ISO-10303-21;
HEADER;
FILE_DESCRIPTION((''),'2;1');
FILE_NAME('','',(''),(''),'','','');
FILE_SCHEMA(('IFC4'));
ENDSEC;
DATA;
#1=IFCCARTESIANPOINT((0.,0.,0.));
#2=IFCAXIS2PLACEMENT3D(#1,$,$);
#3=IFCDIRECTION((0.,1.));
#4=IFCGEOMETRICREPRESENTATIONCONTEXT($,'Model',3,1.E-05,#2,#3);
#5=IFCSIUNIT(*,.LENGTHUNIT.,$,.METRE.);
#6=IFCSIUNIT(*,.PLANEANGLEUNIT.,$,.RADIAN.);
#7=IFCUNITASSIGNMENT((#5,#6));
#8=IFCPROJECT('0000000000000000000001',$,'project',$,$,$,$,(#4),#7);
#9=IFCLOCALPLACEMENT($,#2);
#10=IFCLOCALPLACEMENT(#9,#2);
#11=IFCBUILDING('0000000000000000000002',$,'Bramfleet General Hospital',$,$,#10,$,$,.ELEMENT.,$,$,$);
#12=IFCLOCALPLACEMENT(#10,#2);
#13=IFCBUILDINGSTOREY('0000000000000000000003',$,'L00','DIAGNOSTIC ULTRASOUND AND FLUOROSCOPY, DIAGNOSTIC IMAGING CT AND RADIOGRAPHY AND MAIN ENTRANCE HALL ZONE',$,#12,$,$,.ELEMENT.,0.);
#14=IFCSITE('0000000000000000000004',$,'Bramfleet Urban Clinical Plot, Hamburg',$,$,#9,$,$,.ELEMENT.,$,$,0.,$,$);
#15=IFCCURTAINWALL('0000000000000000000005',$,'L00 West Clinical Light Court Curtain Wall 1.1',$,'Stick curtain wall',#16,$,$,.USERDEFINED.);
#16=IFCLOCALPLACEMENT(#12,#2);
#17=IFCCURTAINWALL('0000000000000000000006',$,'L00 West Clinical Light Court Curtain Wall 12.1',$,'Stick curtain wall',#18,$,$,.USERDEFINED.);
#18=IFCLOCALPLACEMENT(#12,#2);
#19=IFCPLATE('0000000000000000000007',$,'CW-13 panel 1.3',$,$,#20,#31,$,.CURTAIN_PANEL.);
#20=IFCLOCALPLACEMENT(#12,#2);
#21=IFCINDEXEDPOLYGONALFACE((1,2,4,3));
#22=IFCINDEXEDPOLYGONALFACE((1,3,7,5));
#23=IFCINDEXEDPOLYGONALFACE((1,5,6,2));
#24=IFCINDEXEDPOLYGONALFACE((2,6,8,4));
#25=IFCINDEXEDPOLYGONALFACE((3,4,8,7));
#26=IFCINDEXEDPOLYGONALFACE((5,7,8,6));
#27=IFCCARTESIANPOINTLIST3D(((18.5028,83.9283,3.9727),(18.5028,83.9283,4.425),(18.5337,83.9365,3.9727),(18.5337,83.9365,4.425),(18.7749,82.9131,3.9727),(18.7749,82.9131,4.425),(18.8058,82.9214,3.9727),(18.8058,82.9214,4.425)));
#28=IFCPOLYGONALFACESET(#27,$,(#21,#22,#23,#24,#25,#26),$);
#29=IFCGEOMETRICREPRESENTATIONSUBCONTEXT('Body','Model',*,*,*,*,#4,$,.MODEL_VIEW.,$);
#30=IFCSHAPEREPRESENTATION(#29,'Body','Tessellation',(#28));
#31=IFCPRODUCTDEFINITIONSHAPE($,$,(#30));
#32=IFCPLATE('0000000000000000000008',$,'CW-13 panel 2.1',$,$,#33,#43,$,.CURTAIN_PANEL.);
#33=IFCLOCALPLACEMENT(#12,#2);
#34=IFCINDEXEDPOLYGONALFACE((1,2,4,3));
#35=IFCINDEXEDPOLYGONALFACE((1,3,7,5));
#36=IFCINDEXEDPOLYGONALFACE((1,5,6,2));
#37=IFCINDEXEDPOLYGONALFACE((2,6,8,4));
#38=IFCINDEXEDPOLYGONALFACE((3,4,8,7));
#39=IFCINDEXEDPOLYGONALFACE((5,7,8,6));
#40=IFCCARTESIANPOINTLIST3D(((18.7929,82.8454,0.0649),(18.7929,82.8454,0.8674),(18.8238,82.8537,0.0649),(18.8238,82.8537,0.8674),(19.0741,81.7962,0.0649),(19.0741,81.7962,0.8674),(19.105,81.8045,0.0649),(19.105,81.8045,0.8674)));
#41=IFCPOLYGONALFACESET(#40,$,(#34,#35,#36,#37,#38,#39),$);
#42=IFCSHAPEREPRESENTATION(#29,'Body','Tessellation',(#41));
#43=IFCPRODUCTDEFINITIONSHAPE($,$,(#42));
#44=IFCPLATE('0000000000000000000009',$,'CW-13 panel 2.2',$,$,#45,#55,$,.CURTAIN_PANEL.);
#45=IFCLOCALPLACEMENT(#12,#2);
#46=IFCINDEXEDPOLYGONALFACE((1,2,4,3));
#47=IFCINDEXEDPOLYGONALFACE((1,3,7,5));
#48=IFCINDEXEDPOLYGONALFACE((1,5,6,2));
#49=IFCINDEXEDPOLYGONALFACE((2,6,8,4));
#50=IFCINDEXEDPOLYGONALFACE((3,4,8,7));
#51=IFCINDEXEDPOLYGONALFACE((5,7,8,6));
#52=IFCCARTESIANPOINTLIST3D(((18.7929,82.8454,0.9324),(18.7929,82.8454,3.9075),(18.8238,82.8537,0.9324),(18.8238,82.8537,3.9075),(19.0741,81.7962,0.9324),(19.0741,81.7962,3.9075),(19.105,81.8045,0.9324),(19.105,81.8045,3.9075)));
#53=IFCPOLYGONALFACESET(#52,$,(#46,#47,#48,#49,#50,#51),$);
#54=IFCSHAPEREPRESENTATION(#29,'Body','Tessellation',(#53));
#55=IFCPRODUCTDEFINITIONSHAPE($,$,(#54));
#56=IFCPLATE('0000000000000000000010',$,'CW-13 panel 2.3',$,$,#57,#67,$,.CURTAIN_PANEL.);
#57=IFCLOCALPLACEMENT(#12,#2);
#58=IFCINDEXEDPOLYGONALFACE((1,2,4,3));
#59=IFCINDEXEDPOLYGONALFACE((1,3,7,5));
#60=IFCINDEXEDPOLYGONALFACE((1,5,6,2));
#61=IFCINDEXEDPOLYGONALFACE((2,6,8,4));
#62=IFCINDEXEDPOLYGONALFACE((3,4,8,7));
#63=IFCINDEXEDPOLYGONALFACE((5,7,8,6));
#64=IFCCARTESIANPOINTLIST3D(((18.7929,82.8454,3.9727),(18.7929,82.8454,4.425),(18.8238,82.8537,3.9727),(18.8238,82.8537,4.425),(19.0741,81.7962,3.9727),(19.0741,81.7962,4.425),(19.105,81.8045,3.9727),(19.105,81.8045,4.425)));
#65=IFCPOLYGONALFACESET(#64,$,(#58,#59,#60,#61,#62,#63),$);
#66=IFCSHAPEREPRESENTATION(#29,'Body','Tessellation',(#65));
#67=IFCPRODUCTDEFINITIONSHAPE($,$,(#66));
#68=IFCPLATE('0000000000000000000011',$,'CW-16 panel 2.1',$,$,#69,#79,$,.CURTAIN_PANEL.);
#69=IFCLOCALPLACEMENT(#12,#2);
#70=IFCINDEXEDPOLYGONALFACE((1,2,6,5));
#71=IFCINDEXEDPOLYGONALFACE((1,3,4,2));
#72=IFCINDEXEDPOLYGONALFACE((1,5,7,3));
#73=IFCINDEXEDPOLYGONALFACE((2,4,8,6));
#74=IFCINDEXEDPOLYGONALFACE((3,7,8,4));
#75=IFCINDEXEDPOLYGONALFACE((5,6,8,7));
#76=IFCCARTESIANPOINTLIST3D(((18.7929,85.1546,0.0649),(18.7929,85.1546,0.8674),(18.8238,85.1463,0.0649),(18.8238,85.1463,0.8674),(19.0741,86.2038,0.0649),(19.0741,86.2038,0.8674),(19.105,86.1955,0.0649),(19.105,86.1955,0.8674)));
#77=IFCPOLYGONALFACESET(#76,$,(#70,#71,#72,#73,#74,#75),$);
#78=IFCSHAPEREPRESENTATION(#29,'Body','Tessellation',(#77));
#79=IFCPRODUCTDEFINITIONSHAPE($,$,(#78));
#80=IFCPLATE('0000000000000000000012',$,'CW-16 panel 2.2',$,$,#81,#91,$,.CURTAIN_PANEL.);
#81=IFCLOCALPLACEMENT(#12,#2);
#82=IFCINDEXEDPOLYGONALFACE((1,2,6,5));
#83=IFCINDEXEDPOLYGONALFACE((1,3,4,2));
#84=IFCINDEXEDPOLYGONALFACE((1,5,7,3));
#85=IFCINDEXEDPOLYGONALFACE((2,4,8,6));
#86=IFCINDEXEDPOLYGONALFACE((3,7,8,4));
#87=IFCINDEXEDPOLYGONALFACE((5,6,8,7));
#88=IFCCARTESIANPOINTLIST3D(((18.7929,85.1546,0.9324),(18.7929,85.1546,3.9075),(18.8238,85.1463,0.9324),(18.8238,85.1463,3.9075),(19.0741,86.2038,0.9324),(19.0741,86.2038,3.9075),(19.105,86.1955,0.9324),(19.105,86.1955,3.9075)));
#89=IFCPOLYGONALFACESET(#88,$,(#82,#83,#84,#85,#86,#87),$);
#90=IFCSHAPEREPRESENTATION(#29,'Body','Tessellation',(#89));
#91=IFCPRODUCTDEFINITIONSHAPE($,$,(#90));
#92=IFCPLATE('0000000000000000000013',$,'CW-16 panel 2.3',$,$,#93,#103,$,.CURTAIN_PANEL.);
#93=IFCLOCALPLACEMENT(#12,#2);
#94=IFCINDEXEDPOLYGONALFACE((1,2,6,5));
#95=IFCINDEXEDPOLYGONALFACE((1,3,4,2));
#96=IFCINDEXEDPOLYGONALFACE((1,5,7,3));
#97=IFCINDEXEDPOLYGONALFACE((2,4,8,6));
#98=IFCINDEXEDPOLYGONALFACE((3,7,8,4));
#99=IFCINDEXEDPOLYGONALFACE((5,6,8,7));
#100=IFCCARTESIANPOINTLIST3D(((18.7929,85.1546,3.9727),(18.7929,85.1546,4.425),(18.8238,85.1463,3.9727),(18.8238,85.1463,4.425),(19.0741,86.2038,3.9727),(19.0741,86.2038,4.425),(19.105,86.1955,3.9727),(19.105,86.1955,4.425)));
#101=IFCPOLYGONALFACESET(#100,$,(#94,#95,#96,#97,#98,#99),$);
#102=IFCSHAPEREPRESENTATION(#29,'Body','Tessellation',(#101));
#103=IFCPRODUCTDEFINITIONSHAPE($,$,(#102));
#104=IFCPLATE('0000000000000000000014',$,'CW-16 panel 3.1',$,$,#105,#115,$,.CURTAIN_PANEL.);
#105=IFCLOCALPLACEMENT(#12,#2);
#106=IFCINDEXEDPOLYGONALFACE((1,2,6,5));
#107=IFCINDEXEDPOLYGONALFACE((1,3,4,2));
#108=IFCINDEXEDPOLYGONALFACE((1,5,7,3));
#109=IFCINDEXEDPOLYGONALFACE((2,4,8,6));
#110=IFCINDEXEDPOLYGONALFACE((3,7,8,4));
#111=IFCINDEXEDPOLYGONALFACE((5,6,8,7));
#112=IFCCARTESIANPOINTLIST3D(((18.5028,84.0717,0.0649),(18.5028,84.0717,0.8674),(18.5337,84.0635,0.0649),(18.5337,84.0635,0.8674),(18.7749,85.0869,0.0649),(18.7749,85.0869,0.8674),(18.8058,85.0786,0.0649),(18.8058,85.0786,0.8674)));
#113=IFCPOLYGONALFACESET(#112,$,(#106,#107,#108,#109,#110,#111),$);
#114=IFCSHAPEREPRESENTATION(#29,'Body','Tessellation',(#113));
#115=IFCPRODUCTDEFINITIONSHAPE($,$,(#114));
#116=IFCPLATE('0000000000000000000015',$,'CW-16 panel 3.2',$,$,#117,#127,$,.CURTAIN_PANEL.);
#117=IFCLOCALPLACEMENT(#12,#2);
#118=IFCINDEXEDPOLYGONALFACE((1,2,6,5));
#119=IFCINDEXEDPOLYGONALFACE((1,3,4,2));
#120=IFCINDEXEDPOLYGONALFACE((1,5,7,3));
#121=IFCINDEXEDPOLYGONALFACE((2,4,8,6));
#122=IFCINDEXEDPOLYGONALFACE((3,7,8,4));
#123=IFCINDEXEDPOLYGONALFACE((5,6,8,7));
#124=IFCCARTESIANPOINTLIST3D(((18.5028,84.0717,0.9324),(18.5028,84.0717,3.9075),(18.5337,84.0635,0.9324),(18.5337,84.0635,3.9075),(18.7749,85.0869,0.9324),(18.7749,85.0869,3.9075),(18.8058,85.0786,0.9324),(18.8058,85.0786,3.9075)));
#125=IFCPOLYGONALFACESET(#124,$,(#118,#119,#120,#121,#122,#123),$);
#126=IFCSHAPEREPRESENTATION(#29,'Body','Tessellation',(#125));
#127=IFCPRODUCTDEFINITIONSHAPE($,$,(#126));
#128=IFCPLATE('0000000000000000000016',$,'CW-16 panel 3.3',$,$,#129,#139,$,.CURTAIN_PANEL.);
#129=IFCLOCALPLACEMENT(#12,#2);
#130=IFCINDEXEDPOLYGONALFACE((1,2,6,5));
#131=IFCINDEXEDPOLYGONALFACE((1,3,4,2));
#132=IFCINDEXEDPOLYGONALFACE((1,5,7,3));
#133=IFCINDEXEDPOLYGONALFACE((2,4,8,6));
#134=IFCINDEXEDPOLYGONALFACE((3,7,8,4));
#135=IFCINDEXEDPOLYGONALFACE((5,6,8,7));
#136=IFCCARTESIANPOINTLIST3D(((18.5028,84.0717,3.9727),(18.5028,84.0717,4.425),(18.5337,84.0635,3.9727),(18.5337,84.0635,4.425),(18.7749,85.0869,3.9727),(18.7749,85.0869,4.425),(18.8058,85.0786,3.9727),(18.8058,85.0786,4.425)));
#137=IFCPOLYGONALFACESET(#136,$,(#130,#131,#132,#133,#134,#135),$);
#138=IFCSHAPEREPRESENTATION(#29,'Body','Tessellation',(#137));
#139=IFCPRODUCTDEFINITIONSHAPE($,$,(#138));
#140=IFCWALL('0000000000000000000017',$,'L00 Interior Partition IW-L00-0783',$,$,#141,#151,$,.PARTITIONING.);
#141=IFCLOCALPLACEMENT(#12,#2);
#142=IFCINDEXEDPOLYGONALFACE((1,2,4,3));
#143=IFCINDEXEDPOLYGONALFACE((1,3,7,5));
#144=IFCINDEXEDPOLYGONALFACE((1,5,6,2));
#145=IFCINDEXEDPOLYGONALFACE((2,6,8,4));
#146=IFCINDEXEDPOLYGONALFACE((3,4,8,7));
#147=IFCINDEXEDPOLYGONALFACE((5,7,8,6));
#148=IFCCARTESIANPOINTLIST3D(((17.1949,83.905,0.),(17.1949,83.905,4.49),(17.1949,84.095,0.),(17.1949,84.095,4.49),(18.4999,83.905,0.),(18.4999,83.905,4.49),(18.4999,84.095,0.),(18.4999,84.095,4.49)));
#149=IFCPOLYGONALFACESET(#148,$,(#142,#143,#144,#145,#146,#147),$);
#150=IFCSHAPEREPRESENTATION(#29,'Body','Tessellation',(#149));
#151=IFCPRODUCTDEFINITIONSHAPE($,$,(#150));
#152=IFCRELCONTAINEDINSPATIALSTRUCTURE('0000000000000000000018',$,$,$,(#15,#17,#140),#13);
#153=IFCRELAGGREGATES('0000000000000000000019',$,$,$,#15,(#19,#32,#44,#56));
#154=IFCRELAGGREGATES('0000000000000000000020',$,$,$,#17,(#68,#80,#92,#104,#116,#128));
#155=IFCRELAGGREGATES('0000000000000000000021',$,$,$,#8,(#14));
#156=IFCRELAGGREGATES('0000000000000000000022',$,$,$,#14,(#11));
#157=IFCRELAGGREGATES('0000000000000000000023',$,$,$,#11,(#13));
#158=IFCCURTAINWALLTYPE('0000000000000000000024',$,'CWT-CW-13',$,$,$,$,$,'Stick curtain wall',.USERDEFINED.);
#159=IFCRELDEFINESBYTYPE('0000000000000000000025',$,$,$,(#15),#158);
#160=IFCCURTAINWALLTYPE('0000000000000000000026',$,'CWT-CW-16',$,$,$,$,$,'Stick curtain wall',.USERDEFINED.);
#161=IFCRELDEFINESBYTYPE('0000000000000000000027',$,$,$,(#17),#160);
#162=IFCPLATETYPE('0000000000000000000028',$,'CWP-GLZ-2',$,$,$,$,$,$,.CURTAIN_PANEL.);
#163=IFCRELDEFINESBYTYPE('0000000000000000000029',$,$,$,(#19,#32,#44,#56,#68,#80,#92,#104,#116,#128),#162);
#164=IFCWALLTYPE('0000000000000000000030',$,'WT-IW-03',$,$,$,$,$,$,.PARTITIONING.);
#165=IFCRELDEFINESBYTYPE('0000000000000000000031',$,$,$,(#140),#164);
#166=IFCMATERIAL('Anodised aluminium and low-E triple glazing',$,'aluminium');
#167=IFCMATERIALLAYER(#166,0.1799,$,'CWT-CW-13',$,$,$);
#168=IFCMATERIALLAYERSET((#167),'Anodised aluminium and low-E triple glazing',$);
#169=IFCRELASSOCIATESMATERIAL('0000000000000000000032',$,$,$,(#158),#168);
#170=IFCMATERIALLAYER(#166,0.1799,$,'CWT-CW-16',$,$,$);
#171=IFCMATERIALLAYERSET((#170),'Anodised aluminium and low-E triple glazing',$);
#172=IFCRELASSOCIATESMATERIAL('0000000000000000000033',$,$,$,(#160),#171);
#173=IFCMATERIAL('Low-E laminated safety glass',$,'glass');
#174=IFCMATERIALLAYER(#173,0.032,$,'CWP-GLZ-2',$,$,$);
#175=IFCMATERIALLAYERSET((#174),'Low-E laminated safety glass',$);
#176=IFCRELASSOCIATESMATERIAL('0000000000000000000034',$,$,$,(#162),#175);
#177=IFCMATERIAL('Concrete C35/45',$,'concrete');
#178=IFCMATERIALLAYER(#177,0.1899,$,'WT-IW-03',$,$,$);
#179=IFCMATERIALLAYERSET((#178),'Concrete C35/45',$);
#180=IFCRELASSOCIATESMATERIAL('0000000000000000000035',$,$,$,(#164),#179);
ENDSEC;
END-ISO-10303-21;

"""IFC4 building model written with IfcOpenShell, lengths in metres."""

from ifc_helpers import new_model, si_unit, direction, frame, frame_2d, origin, origin_2d, place, context, subcontext, project, spatial, rectangle, extrude, material, layer, layer_set, type_object, element, aggregate, save


model = new_model("IFC4")

# Units and contexts
model_context = context("Model", 3, precision=1e-05, world=origin(), true_north=direction((0.0, 1.0)))
body_context = subcontext(model_context, "Body", "Model", "MODEL_VIEW")
ifc_project = project(units=[si_unit("LENGTHUNIT", "METRE"), si_unit("PLANEANGLEUNIT", "RADIAN")], contexts=[model_context])

# Site, building, storey
site_placement = place(None, origin())
site = spatial("IfcSite", under=ifc_project, at=site_placement, Name="Bramfleet Urban Clinical Plot, Hamburg", CompositionType="ELEMENT", RefElevation=0.0)
building_placement = place(site_placement, origin())
building = spatial("IfcBuilding", under=site, at=building_placement, Name="Bramfleet General Hospital", CompositionType="ELEMENT")
storey_placement = place(building_placement, origin())
storey = spatial("IfcBuildingStorey", under=building, at=storey_placement, Name="L00", Description="DIAGNOSTIC ULTRASOUND AND FLUOROSCOPY, DIAGNOSTIC IMAGING CT AND RADIOGRAPHY AND MAIN ENTRANCE HALL ZONE", CompositionType="ELEMENT", Elevation=0.0)

# Shared definitions
ifc_material_1 = material(Name="Concrete C35/45", Category="concrete")

# Curtain walls
ifc_material_2 = material(Name="Anodised aluminium and low-E triple glazing", Category="aluminium")
ifc_layer_1 = layer(ifc_material_2, 0.1799, Name="CWT-CW-13")
ifc_layer_set_1 = layer_set([ifc_layer_1], Name="Anodised aluminium and low-E triple glazing")
curtain_wall_type_1 = type_object("IfcCurtainWallType", Name="CWT-CW-13", ElementType="Stick curtain wall", PredefinedType="USERDEFINED", material=ifc_layer_set_1)
curtain_wall_1_placement = place(storey_placement, origin())
curtain_wall_1 = element("IfcCurtainWall", 1, at=curtain_wall_1_placement, inside=storey, type_object=curtain_wall_type_1, Name="L00 West Clinical Light Court Curtain Wall 1.1", ObjectType="Stick curtain wall", PredefinedType="USERDEFINED")
ifc_layer_2 = layer(ifc_material_2, 0.1799, Name="CWT-CW-16")
ifc_layer_set_2 = layer_set([ifc_layer_2], Name="Anodised aluminium and low-E triple glazing")
curtain_wall_type_2 = type_object("IfcCurtainWallType", Name="CWT-CW-16", ElementType="Stick curtain wall", PredefinedType="USERDEFINED", material=ifc_layer_set_2)
curtain_wall_2_placement = place(storey_placement, origin())
curtain_wall_2 = element("IfcCurtainWall", 2, at=curtain_wall_2_placement, inside=storey, type_object=curtain_wall_type_2, Name="L00 West Clinical Light Court Curtain Wall 12.1", ObjectType="Stick curtain wall", PredefinedType="USERDEFINED")

# Plates
ifc_material_3 = material(Name="Low-E laminated safety glass", Category="glass")
ifc_layer_3 = layer(ifc_material_3, 0.032, Name="CWP-GLZ-2")
ifc_layer_set_3 = layer_set([ifc_layer_3], Name="Low-E laminated safety glass")
plate_type = type_object("IfcPlateType", Name="CWP-GLZ-2", PredefinedType="CURTAIN_PANEL", material=ifc_layer_set_3)
plate_1_placement = place(storey_placement, frame((18.6543, 83.4248, 3.9727), z_axis=(0.0, 0.0, 1.0), x_axis=(0.258919, -0.965899, 0.0)))
plate_1 = element("IfcPlate", 3, at=plate_1_placement, type_object=plate_type, Name="CW-13 panel 1.3", PredefinedType="CURTAIN_PANEL", context=body_context, shape_type="SweptSolid", body=[
    extrude(rectangle(XDim=1.051, YDim=0.032, at=origin_2d()), origin(), (0.0, 0.0, 1.0), 0.4524),
])
plate_2_placement = place(storey_placement, frame((18.949, 82.325, 0.0649), z_axis=(0.0, 0.0, 1.0), x_axis=(0.258919, -0.965899, 0.0)))
plate_2 = element("IfcPlate", 4, at=plate_2_placement, type_object=plate_type, Name="CW-13 panel 2.1", PredefinedType="CURTAIN_PANEL", context=body_context, shape_type="SweptSolid", body=[
    extrude(rectangle(XDim=1.0862, YDim=0.032, at=origin_2d()), origin(), (0.0, 0.0, 1.0), 0.8025),
])
plate_3_placement = place(storey_placement, frame((18.949, 82.325, 0.9324), z_axis=(0.0, 0.0, 1.0), x_axis=(0.258919, -0.965899, 0.0)))
plate_3 = element("IfcPlate", 5, at=plate_3_placement, type_object=plate_type, Name="CW-13 panel 2.2", PredefinedType="CURTAIN_PANEL", context=body_context, shape_type="SweptSolid", body=[
    extrude(rectangle(XDim=1.0862, YDim=0.032, at=origin_2d()), origin(), (0.0, 0.0, 1.0), 2.9751),
])
plate_4_placement = place(storey_placement, frame((18.949, 82.325, 3.9727), z_axis=(0.0, 0.0, 1.0), x_axis=(0.258919, -0.965899, 0.0)))
plate_4 = element("IfcPlate", 6, at=plate_4_placement, type_object=plate_type, Name="CW-13 panel 2.3", PredefinedType="CURTAIN_PANEL", context=body_context, shape_type="SweptSolid", body=[
    extrude(rectangle(XDim=1.0862, YDim=0.032, at=origin_2d()), origin(), (0.0, 0.0, 1.0), 0.4524),
])
aggregate(curtain_wall_1, [plate_1, plate_2, plate_3, plate_4])
plate_5_placement = place(storey_placement, frame((18.949, 85.675, 0.0649), z_axis=(0.0, 0.0, 1.0), x_axis=(-0.258919, -0.965899, 0.0)))
plate_5 = element("IfcPlate", 7, at=plate_5_placement, type_object=plate_type, Name="CW-16 panel 2.1", PredefinedType="CURTAIN_PANEL", context=body_context, shape_type="SweptSolid", body=[
    extrude(rectangle(XDim=1.0862, YDim=0.032, at=origin_2d()), origin(), (0.0, 0.0, 1.0), 0.8025),
])
plate_6_placement = place(storey_placement, frame((18.949, 85.675, 0.9324), z_axis=(0.0, 0.0, 1.0), x_axis=(-0.258919, -0.965899, 0.0)))
plate_6 = element("IfcPlate", 8, at=plate_6_placement, type_object=plate_type, Name="CW-16 panel 2.2", PredefinedType="CURTAIN_PANEL", context=body_context, shape_type="SweptSolid", body=[
    extrude(rectangle(XDim=1.0862, YDim=0.032, at=origin_2d()), origin(), (0.0, 0.0, 1.0), 2.9751),
])
plate_7_placement = place(storey_placement, frame((18.949, 85.675, 3.9727), z_axis=(0.0, 0.0, 1.0), x_axis=(-0.258919, -0.965899, 0.0)))
plate_7 = element("IfcPlate", 9, at=plate_7_placement, type_object=plate_type, Name="CW-16 panel 2.3", PredefinedType="CURTAIN_PANEL", context=body_context, shape_type="SweptSolid", body=[
    extrude(rectangle(XDim=1.0862, YDim=0.032, at=origin_2d()), origin(), (0.0, 0.0, 1.0), 0.4524),
])
plate_8_placement = place(storey_placement, frame((18.6543, 84.5752, 0.0649), z_axis=(0.0, 0.0, 1.0), x_axis=(-0.258919, -0.965899, 0.0)))
plate_8 = element("IfcPlate", 10, at=plate_8_placement, type_object=plate_type, Name="CW-16 panel 3.1", PredefinedType="CURTAIN_PANEL", context=body_context, shape_type="SweptSolid", body=[
    extrude(rectangle(XDim=1.051, YDim=0.032, at=origin_2d()), origin(), (0.0, 0.0, 1.0), 0.8025),
])
plate_9_placement = place(storey_placement, frame((18.6543, 84.5752, 0.9324), z_axis=(0.0, 0.0, 1.0), x_axis=(-0.258919, -0.965899, 0.0)))
plate_9 = element("IfcPlate", 11, at=plate_9_placement, type_object=plate_type, Name="CW-16 panel 3.2", PredefinedType="CURTAIN_PANEL", context=body_context, shape_type="SweptSolid", body=[
    extrude(rectangle(XDim=1.051, YDim=0.032, at=origin_2d()), origin(), (0.0, 0.0, 1.0), 2.9751),
])
plate_10_placement = place(storey_placement, frame((18.6543, 84.5752, 3.9727), z_axis=(0.0, 0.0, 1.0), x_axis=(-0.258919, -0.965899, 0.0)))
plate_10 = element("IfcPlate", 12, at=plate_10_placement, type_object=plate_type, Name="CW-16 panel 3.3", PredefinedType="CURTAIN_PANEL", context=body_context, shape_type="SweptSolid", body=[
    extrude(rectangle(XDim=1.051, YDim=0.032, at=origin_2d()), origin(), (0.0, 0.0, 1.0), 0.4524),
])
aggregate(curtain_wall_2, [plate_5, plate_6, plate_7, plate_8, plate_9, plate_10])

# Wall
ifc_layer_4 = layer(ifc_material_1, 0.1899, Name="WT-IW-03")
ifc_layer_set_4 = layer_set([ifc_layer_4], Name="Concrete C35/45")
wall_type = type_object("IfcWallType", Name="WT-IW-03", PredefinedType="PARTITIONING", material=ifc_layer_set_4)
wall_placement = place(storey_placement, frame((17.1951, 84.0, 0.0), z_axis=(0.0, 0.0, 1.0), x_axis=(1.0, 0.0, 0.0)))
element("IfcWall", 13, at=wall_placement, inside=storey, type_object=wall_type, Name="L00 Interior Partition IW-L00-0783", PredefinedType="PARTITIONING", context=body_context, shape_type="SweptSolid", body=[
    extrude(rectangle(XDim=1.3049, YDim=0.1899, at=frame_2d((0.6523, 0.0))), origin(), (0.0, 0.0, 1.0), 4.49),
])

save(model, "model.ifc")
